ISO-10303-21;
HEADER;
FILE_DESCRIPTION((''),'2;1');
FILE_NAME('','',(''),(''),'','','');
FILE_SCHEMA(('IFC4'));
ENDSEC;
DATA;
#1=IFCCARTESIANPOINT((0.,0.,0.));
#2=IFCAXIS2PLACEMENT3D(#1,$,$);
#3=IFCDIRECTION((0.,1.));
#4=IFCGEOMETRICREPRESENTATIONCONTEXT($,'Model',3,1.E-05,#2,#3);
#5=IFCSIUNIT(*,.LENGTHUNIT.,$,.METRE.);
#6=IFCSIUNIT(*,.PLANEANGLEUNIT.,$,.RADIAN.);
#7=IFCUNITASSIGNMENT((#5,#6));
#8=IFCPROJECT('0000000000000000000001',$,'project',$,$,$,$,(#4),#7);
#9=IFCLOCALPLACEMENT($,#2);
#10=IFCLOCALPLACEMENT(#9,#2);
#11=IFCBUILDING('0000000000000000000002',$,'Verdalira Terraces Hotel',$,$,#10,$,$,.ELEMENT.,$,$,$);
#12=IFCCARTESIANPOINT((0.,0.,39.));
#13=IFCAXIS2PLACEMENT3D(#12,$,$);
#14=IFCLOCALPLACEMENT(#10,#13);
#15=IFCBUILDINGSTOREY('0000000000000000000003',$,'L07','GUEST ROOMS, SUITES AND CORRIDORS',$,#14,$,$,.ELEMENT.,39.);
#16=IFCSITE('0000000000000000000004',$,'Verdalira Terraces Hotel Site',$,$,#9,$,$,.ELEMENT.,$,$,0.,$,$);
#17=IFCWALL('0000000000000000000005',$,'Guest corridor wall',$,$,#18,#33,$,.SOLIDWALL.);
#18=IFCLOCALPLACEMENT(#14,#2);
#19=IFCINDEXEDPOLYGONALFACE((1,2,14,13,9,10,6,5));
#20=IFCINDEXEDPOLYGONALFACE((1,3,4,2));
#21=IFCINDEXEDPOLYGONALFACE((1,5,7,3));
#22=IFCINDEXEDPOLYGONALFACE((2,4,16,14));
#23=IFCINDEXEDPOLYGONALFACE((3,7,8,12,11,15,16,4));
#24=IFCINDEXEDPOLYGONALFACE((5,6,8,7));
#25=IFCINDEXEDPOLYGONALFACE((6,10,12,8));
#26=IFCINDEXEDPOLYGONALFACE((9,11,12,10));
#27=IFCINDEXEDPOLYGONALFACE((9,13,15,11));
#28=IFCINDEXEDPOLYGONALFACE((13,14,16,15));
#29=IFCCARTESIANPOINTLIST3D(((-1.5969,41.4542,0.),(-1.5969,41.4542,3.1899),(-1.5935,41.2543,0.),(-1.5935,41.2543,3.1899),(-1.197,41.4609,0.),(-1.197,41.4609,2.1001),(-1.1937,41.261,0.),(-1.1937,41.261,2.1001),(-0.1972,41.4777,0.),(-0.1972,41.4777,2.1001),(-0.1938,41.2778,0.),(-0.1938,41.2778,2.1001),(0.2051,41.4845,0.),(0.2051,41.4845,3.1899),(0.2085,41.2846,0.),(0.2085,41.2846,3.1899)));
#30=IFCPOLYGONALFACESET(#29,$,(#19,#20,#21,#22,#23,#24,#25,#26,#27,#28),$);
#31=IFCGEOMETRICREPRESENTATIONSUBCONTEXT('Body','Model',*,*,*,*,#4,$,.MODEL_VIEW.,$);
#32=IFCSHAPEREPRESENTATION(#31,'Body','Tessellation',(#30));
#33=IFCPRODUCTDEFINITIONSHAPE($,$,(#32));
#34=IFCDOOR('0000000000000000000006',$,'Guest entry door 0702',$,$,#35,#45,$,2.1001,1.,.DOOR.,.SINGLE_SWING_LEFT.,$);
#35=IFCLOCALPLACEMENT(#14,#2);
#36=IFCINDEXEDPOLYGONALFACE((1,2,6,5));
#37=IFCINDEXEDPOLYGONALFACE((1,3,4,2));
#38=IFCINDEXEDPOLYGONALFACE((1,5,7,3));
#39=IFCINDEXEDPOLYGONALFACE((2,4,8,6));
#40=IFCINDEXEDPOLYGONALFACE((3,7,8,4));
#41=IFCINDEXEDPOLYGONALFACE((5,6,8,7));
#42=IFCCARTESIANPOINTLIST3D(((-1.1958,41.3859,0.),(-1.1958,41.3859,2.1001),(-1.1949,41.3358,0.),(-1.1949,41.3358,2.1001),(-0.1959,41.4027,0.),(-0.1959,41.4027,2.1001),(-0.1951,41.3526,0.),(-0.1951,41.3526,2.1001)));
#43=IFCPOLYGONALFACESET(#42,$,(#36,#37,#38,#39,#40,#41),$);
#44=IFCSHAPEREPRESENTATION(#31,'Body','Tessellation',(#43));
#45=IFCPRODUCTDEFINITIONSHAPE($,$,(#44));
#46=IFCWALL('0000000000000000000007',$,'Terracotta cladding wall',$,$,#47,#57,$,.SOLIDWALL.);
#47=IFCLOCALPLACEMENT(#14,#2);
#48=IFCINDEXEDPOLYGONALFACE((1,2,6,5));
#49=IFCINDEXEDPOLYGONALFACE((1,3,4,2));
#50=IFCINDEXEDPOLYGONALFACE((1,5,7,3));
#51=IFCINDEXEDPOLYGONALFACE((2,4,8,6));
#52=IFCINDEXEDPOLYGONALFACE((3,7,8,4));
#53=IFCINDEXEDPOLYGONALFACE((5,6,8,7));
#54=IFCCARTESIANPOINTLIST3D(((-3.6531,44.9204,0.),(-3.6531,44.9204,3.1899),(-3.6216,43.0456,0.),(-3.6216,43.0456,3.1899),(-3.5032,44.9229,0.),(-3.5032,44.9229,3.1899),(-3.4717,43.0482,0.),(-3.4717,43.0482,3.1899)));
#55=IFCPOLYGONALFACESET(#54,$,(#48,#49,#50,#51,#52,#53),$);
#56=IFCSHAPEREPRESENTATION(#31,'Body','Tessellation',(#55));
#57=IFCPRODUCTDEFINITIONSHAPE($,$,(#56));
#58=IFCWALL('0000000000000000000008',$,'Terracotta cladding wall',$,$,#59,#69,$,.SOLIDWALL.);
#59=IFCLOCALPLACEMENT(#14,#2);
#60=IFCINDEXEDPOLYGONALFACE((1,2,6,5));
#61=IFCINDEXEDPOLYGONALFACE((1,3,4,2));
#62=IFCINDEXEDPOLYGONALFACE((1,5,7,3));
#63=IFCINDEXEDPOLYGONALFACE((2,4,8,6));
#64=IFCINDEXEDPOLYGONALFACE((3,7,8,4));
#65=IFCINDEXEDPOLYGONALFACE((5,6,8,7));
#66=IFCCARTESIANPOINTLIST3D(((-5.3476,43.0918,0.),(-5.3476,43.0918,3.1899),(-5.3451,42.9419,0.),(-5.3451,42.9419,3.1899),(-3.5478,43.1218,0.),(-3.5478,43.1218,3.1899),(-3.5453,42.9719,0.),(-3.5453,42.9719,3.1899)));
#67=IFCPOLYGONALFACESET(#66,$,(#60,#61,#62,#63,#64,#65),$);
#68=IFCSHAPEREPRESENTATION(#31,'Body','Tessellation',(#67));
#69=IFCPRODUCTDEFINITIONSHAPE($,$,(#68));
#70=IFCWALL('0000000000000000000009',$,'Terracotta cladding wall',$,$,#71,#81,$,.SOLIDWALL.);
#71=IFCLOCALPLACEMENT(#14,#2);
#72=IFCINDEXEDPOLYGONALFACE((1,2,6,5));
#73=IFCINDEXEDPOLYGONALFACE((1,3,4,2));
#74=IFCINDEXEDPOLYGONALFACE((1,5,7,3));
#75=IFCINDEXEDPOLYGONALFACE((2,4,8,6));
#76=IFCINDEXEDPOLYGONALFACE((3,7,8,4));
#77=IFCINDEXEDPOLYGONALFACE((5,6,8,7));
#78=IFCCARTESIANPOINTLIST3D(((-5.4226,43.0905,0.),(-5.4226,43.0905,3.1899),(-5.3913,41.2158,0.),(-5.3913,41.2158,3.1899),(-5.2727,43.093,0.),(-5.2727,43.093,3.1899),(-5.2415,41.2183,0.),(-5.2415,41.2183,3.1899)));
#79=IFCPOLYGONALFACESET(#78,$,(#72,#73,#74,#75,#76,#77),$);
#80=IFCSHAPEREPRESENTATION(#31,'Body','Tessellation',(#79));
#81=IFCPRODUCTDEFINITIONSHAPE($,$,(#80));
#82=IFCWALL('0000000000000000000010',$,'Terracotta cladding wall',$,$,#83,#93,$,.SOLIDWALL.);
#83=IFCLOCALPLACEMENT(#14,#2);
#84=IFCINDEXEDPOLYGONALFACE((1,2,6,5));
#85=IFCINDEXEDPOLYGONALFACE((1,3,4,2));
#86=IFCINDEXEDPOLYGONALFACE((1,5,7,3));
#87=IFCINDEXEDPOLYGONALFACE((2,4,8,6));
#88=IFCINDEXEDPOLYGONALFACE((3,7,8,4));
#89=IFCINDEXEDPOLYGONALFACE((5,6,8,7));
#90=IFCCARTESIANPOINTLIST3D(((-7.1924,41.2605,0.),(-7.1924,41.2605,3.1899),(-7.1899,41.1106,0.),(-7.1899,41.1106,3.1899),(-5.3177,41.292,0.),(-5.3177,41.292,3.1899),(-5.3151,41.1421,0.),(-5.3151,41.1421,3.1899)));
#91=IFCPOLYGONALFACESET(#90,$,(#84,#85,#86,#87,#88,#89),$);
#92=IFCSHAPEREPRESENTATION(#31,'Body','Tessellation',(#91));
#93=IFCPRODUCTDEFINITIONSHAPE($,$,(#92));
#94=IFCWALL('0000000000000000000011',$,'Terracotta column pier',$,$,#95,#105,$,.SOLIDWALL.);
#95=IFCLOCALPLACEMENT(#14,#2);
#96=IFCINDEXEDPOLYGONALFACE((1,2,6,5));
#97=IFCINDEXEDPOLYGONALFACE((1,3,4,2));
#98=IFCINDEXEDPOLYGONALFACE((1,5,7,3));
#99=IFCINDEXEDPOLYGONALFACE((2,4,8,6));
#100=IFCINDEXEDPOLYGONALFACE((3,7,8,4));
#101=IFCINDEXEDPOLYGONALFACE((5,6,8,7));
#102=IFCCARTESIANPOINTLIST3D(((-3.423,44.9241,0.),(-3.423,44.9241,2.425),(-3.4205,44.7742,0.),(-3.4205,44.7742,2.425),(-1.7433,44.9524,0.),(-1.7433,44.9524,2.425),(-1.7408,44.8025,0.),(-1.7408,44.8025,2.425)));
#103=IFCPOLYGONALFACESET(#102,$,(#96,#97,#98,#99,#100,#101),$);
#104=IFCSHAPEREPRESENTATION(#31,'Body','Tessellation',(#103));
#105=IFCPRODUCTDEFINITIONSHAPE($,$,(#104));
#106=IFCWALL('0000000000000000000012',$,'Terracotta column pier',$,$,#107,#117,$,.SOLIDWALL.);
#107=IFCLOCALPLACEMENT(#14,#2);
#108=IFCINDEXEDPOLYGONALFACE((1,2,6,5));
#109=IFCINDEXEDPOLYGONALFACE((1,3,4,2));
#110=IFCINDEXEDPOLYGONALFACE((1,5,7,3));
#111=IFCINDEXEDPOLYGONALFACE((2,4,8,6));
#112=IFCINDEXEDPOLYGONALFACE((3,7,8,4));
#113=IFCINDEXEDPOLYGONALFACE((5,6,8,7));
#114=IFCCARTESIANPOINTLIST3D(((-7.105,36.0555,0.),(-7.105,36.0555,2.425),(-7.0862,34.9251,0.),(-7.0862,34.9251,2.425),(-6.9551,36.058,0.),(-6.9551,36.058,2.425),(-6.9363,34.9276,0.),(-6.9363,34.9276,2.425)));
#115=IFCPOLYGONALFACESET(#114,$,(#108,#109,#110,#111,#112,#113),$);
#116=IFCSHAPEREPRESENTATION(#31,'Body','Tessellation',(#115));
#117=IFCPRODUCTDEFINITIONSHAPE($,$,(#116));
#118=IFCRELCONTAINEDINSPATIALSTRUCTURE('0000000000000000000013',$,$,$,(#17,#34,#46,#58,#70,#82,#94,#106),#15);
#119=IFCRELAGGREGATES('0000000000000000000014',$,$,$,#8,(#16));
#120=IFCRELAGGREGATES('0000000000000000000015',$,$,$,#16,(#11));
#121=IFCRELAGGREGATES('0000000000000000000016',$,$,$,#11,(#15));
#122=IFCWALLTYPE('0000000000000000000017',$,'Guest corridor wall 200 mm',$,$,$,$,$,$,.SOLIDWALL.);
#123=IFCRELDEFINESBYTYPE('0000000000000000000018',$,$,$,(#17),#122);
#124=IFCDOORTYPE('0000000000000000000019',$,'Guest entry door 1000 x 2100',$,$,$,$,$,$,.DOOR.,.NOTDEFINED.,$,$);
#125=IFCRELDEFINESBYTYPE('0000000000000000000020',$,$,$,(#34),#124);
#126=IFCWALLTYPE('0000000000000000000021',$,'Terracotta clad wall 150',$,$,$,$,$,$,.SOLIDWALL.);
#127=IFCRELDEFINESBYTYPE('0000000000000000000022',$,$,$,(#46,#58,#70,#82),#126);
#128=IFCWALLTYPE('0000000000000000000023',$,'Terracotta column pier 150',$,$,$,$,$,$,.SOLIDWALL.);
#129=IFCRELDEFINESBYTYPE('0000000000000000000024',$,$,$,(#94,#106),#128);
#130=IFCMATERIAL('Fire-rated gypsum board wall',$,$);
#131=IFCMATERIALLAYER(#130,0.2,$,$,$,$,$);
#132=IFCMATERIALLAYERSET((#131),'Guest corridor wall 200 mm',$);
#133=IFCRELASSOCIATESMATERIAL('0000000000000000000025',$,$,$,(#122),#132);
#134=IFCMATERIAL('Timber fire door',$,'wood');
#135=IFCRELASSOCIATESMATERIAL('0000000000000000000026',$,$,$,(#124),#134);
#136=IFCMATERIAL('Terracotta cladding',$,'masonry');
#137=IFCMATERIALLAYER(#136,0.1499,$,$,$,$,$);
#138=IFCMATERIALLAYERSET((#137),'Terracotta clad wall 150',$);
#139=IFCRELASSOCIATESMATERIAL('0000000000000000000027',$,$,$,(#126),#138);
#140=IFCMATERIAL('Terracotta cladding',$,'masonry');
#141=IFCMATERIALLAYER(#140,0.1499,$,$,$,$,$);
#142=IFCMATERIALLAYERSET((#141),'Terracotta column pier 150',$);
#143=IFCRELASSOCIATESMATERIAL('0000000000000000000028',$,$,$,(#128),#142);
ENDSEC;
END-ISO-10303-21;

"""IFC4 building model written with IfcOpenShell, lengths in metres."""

from ifc_helpers import new_model, si_unit, direction, frame, frame_2d, origin, place, context, subcontext, project, spatial, rectangle, extrude, material, layer, layer_set, type_object, element, fill, save


model = new_model("IFC4")

# Units and contexts
model_context = context("Model", 3, precision=1e-05, world=origin(), true_north=direction((0.0, 1.0)))
body_context = subcontext(model_context, "Body", "Model", "MODEL_VIEW")
ifc_project = project(units=[si_unit("LENGTHUNIT", "METRE"), si_unit("PLANEANGLEUNIT", "RADIAN")], contexts=[model_context])

# Site, building, storey
site_placement = place(None, origin())
site = spatial("IfcSite", under=ifc_project, at=site_placement, Name="Verdalira Terraces Hotel Site", CompositionType="ELEMENT", RefElevation=0.0)
building_placement = place(site_placement, origin())
building = spatial("IfcBuilding", under=site, at=building_placement, Name="Verdalira Terraces Hotel", CompositionType="ELEMENT")
storey_placement = place(building_placement, frame((0.0, 0.0, 39.0)))
storey = spatial("IfcBuildingStorey", under=building, at=storey_placement, Name="L07", Description="GUEST ROOMS, SUITES AND CORRIDORS", CompositionType="ELEMENT", Elevation=39.0)

# Wall, opening, door
ifc_material_1 = material(Name="Fire-rated gypsum board wall")
ifc_layer_1 = layer(ifc_material_1, 0.2)
ifc_layer_set_1 = layer_set([ifc_layer_1], Name="Guest corridor wall 200 mm")
wall_type_1 = type_object("IfcWallType", Name="Guest corridor wall 200 mm", PredefinedType="SOLIDWALL", material=ifc_layer_set_1)
wall_1_placement = place(storey_placement, frame((-1.5952, 41.3542, 0.0), z_axis=(0.0, 0.0, 1.0), x_axis=(0.999859, 0.016798, 0.0)))
wall_1 = element("IfcWall", 1, at=wall_1_placement, inside=storey, type_object=wall_type_1, Name="Guest corridor wall", PredefinedType="SOLIDWALL", context=body_context, shape_type="SweptSolid", body=[
    extrude(rectangle(XDim=1.8022, YDim=0.2, at=frame_2d((0.9011, 0.0))), origin(), (0.0, 0.0, 1.0), 3.1899),
])
opening_1_placement = place(wall_1_placement, frame((0.3999, 0.0, 0.0)))
opening_1 = element("IfcOpeningElement", 2, at=opening_1_placement, cuts=wall_1, PredefinedType="OPENING", context=body_context, shape_type="SweptSolid", body=[
    extrude(rectangle(XDim=1.0, YDim=2.1001, at=frame_2d((0.5, 1.05))), frame((0.0, 0.1099, 0.0), z_axis=(0.0, -1.0, 0.0), x_axis=(1.0, 0.0, 0.0)), (0.0, 0.0, 1.0), 0.22),
])
ifc_material_2 = material(Name="Timber fire door", Category="wood")
door_type_1 = type_object("IfcDoorType", Name="Guest entry door 1000 x 2100", OperationType="NOTDEFINED", PredefinedType="DOOR", material=ifc_material_2)
door_1_placement = place(opening_1_placement, origin())
door_1 = element("IfcDoor", 3, at=door_1_placement, inside=storey, type_object=door_type_1, Name="Guest entry door 0702", OperationType="SINGLE_SWING_LEFT", OverallHeight=2.1001, OverallWidth=1.0, PredefinedType="DOOR", context=body_context, shape_type="SweptSolid", body=[
    extrude(rectangle(XDim=1.0, YDim=2.1001, at=frame_2d((0.5, 1.05))), frame((0.0, 0.0249, 0.0), z_axis=(0.0, -1.0, 0.0), x_axis=(1.0, 0.0, 0.0)), (0.0, 0.0, 1.0), 0.05),
])
fill(opening_1, door_1)

# Walls
ifc_material_3 = material(Name="Terracotta cladding", Category="masonry")
ifc_layer_2 = layer(ifc_material_3, 0.1499)
ifc_layer_set_2 = layer_set([ifc_layer_2], Name="Terracotta clad wall 150")
wall_type_2 = type_object("IfcWallType", Name="Terracotta clad wall 150", PredefinedType="SOLIDWALL", material=ifc_layer_set_2)
wall_2_placement = place(storey_placement, frame((-3.5781, 44.9216, 0.0), z_axis=(0.0, 0.0, 1.0), x_axis=(0.016797, -0.999859, 0.0)))
element("IfcWall", 4, at=wall_2_placement, inside=storey, type_object=wall_type_2, Name="Terracotta cladding wall", PredefinedType="SOLIDWALL", context=body_context, shape_type="SweptSolid", body=[
    extrude(rectangle(XDim=1.875, YDim=0.1499, at=frame_2d((0.9375, 0.0))), origin(), (0.0, 0.0, 1.0), 3.1899),
])
wall_3_placement = place(storey_placement, frame((-3.5466, 43.0469, 0.0), z_axis=(0.0, 0.0, 1.0), x_axis=(-0.999861, -0.016682, 0.0)))
element("IfcWall", 5, at=wall_3_placement, inside=storey, type_object=wall_type_2, Name="Terracotta cladding wall", PredefinedType="SOLIDWALL", context=body_context, shape_type="SweptSolid", body=[
    extrude(rectangle(XDim=1.8, YDim=0.1499, at=frame_2d((0.8999, 0.0))), origin(), (0.0, 0.0, 1.0), 3.1899),
])
for number, where, z_axis, x_axis, name in (
    (6, (-5.3477, 43.0918, 0.0), (0.0, 0.0, 1.0), (0.016667, -0.999861, 0.0), "Terracotta cladding wall"),
    (7, (-5.3164, 41.217, 0.0), (0.0, 0.0, 1.0), (-0.999859, -0.016797, 0.0), "Terracotta cladding wall"),
):
    element("IfcWall", number, at=place(storey_placement, frame(where, z_axis=z_axis, x_axis=x_axis)), inside=storey, type_object=wall_type_2, Name=name, PredefinedType="SOLIDWALL", context=body_context, shape_type="SweptSolid", body=[
        extrude(rectangle(XDim=1.875, YDim=0.1499, at=frame_2d((0.9375, 0.0))), origin(), (0.0, 0.0, 1.0), 3.1899),
    ])
ifc_material_4 = material(Name="Terracotta cladding", Category="masonry")
ifc_layer_3 = layer(ifc_material_4, 0.1499)
ifc_layer_set_3 = layer_set([ifc_layer_3], Name="Terracotta column pier 150")
wall_type_3 = type_object("IfcWallType", Name="Terracotta column pier 150", PredefinedType="SOLIDWALL", material=ifc_layer_set_3)
wall_4_placement = place(storey_placement, frame((-1.7422, 44.8774, 0.0), z_axis=(0.0, 0.0, 1.0), x_axis=(-0.999858, -0.016858, 0.0)))
element("IfcWall", 8, at=wall_4_placement, inside=storey, type_object=wall_type_3, Name="Terracotta column pier", PredefinedType="SOLIDWALL", context=body_context, shape_type="SweptSolid", body=[
    extrude(rectangle(XDim=1.6799, YDim=0.1499, at=frame_2d((0.8398, 0.0))), origin(), (0.0, 0.0, 1.0), 2.425),
])
wall_5_placement = place(storey_placement, frame((-7.03, 36.0569, 0.0), z_axis=(0.0, 0.0, 1.0), x_axis=(0.016628, -0.999862, 0.0)))
element("IfcWall", 9, at=wall_5_placement, inside=storey, type_object=wall_type_3, Name="Terracotta column pier", PredefinedType="SOLIDWALL", context=body_context, shape_type="SweptSolid", body=[
    extrude(rectangle(XDim=1.1306, YDim=0.1499, at=frame_2d((0.5654, 0.0))), origin(), (0.0, 0.0, 1.0), 2.425),
])

save(model, "model.ifc")
